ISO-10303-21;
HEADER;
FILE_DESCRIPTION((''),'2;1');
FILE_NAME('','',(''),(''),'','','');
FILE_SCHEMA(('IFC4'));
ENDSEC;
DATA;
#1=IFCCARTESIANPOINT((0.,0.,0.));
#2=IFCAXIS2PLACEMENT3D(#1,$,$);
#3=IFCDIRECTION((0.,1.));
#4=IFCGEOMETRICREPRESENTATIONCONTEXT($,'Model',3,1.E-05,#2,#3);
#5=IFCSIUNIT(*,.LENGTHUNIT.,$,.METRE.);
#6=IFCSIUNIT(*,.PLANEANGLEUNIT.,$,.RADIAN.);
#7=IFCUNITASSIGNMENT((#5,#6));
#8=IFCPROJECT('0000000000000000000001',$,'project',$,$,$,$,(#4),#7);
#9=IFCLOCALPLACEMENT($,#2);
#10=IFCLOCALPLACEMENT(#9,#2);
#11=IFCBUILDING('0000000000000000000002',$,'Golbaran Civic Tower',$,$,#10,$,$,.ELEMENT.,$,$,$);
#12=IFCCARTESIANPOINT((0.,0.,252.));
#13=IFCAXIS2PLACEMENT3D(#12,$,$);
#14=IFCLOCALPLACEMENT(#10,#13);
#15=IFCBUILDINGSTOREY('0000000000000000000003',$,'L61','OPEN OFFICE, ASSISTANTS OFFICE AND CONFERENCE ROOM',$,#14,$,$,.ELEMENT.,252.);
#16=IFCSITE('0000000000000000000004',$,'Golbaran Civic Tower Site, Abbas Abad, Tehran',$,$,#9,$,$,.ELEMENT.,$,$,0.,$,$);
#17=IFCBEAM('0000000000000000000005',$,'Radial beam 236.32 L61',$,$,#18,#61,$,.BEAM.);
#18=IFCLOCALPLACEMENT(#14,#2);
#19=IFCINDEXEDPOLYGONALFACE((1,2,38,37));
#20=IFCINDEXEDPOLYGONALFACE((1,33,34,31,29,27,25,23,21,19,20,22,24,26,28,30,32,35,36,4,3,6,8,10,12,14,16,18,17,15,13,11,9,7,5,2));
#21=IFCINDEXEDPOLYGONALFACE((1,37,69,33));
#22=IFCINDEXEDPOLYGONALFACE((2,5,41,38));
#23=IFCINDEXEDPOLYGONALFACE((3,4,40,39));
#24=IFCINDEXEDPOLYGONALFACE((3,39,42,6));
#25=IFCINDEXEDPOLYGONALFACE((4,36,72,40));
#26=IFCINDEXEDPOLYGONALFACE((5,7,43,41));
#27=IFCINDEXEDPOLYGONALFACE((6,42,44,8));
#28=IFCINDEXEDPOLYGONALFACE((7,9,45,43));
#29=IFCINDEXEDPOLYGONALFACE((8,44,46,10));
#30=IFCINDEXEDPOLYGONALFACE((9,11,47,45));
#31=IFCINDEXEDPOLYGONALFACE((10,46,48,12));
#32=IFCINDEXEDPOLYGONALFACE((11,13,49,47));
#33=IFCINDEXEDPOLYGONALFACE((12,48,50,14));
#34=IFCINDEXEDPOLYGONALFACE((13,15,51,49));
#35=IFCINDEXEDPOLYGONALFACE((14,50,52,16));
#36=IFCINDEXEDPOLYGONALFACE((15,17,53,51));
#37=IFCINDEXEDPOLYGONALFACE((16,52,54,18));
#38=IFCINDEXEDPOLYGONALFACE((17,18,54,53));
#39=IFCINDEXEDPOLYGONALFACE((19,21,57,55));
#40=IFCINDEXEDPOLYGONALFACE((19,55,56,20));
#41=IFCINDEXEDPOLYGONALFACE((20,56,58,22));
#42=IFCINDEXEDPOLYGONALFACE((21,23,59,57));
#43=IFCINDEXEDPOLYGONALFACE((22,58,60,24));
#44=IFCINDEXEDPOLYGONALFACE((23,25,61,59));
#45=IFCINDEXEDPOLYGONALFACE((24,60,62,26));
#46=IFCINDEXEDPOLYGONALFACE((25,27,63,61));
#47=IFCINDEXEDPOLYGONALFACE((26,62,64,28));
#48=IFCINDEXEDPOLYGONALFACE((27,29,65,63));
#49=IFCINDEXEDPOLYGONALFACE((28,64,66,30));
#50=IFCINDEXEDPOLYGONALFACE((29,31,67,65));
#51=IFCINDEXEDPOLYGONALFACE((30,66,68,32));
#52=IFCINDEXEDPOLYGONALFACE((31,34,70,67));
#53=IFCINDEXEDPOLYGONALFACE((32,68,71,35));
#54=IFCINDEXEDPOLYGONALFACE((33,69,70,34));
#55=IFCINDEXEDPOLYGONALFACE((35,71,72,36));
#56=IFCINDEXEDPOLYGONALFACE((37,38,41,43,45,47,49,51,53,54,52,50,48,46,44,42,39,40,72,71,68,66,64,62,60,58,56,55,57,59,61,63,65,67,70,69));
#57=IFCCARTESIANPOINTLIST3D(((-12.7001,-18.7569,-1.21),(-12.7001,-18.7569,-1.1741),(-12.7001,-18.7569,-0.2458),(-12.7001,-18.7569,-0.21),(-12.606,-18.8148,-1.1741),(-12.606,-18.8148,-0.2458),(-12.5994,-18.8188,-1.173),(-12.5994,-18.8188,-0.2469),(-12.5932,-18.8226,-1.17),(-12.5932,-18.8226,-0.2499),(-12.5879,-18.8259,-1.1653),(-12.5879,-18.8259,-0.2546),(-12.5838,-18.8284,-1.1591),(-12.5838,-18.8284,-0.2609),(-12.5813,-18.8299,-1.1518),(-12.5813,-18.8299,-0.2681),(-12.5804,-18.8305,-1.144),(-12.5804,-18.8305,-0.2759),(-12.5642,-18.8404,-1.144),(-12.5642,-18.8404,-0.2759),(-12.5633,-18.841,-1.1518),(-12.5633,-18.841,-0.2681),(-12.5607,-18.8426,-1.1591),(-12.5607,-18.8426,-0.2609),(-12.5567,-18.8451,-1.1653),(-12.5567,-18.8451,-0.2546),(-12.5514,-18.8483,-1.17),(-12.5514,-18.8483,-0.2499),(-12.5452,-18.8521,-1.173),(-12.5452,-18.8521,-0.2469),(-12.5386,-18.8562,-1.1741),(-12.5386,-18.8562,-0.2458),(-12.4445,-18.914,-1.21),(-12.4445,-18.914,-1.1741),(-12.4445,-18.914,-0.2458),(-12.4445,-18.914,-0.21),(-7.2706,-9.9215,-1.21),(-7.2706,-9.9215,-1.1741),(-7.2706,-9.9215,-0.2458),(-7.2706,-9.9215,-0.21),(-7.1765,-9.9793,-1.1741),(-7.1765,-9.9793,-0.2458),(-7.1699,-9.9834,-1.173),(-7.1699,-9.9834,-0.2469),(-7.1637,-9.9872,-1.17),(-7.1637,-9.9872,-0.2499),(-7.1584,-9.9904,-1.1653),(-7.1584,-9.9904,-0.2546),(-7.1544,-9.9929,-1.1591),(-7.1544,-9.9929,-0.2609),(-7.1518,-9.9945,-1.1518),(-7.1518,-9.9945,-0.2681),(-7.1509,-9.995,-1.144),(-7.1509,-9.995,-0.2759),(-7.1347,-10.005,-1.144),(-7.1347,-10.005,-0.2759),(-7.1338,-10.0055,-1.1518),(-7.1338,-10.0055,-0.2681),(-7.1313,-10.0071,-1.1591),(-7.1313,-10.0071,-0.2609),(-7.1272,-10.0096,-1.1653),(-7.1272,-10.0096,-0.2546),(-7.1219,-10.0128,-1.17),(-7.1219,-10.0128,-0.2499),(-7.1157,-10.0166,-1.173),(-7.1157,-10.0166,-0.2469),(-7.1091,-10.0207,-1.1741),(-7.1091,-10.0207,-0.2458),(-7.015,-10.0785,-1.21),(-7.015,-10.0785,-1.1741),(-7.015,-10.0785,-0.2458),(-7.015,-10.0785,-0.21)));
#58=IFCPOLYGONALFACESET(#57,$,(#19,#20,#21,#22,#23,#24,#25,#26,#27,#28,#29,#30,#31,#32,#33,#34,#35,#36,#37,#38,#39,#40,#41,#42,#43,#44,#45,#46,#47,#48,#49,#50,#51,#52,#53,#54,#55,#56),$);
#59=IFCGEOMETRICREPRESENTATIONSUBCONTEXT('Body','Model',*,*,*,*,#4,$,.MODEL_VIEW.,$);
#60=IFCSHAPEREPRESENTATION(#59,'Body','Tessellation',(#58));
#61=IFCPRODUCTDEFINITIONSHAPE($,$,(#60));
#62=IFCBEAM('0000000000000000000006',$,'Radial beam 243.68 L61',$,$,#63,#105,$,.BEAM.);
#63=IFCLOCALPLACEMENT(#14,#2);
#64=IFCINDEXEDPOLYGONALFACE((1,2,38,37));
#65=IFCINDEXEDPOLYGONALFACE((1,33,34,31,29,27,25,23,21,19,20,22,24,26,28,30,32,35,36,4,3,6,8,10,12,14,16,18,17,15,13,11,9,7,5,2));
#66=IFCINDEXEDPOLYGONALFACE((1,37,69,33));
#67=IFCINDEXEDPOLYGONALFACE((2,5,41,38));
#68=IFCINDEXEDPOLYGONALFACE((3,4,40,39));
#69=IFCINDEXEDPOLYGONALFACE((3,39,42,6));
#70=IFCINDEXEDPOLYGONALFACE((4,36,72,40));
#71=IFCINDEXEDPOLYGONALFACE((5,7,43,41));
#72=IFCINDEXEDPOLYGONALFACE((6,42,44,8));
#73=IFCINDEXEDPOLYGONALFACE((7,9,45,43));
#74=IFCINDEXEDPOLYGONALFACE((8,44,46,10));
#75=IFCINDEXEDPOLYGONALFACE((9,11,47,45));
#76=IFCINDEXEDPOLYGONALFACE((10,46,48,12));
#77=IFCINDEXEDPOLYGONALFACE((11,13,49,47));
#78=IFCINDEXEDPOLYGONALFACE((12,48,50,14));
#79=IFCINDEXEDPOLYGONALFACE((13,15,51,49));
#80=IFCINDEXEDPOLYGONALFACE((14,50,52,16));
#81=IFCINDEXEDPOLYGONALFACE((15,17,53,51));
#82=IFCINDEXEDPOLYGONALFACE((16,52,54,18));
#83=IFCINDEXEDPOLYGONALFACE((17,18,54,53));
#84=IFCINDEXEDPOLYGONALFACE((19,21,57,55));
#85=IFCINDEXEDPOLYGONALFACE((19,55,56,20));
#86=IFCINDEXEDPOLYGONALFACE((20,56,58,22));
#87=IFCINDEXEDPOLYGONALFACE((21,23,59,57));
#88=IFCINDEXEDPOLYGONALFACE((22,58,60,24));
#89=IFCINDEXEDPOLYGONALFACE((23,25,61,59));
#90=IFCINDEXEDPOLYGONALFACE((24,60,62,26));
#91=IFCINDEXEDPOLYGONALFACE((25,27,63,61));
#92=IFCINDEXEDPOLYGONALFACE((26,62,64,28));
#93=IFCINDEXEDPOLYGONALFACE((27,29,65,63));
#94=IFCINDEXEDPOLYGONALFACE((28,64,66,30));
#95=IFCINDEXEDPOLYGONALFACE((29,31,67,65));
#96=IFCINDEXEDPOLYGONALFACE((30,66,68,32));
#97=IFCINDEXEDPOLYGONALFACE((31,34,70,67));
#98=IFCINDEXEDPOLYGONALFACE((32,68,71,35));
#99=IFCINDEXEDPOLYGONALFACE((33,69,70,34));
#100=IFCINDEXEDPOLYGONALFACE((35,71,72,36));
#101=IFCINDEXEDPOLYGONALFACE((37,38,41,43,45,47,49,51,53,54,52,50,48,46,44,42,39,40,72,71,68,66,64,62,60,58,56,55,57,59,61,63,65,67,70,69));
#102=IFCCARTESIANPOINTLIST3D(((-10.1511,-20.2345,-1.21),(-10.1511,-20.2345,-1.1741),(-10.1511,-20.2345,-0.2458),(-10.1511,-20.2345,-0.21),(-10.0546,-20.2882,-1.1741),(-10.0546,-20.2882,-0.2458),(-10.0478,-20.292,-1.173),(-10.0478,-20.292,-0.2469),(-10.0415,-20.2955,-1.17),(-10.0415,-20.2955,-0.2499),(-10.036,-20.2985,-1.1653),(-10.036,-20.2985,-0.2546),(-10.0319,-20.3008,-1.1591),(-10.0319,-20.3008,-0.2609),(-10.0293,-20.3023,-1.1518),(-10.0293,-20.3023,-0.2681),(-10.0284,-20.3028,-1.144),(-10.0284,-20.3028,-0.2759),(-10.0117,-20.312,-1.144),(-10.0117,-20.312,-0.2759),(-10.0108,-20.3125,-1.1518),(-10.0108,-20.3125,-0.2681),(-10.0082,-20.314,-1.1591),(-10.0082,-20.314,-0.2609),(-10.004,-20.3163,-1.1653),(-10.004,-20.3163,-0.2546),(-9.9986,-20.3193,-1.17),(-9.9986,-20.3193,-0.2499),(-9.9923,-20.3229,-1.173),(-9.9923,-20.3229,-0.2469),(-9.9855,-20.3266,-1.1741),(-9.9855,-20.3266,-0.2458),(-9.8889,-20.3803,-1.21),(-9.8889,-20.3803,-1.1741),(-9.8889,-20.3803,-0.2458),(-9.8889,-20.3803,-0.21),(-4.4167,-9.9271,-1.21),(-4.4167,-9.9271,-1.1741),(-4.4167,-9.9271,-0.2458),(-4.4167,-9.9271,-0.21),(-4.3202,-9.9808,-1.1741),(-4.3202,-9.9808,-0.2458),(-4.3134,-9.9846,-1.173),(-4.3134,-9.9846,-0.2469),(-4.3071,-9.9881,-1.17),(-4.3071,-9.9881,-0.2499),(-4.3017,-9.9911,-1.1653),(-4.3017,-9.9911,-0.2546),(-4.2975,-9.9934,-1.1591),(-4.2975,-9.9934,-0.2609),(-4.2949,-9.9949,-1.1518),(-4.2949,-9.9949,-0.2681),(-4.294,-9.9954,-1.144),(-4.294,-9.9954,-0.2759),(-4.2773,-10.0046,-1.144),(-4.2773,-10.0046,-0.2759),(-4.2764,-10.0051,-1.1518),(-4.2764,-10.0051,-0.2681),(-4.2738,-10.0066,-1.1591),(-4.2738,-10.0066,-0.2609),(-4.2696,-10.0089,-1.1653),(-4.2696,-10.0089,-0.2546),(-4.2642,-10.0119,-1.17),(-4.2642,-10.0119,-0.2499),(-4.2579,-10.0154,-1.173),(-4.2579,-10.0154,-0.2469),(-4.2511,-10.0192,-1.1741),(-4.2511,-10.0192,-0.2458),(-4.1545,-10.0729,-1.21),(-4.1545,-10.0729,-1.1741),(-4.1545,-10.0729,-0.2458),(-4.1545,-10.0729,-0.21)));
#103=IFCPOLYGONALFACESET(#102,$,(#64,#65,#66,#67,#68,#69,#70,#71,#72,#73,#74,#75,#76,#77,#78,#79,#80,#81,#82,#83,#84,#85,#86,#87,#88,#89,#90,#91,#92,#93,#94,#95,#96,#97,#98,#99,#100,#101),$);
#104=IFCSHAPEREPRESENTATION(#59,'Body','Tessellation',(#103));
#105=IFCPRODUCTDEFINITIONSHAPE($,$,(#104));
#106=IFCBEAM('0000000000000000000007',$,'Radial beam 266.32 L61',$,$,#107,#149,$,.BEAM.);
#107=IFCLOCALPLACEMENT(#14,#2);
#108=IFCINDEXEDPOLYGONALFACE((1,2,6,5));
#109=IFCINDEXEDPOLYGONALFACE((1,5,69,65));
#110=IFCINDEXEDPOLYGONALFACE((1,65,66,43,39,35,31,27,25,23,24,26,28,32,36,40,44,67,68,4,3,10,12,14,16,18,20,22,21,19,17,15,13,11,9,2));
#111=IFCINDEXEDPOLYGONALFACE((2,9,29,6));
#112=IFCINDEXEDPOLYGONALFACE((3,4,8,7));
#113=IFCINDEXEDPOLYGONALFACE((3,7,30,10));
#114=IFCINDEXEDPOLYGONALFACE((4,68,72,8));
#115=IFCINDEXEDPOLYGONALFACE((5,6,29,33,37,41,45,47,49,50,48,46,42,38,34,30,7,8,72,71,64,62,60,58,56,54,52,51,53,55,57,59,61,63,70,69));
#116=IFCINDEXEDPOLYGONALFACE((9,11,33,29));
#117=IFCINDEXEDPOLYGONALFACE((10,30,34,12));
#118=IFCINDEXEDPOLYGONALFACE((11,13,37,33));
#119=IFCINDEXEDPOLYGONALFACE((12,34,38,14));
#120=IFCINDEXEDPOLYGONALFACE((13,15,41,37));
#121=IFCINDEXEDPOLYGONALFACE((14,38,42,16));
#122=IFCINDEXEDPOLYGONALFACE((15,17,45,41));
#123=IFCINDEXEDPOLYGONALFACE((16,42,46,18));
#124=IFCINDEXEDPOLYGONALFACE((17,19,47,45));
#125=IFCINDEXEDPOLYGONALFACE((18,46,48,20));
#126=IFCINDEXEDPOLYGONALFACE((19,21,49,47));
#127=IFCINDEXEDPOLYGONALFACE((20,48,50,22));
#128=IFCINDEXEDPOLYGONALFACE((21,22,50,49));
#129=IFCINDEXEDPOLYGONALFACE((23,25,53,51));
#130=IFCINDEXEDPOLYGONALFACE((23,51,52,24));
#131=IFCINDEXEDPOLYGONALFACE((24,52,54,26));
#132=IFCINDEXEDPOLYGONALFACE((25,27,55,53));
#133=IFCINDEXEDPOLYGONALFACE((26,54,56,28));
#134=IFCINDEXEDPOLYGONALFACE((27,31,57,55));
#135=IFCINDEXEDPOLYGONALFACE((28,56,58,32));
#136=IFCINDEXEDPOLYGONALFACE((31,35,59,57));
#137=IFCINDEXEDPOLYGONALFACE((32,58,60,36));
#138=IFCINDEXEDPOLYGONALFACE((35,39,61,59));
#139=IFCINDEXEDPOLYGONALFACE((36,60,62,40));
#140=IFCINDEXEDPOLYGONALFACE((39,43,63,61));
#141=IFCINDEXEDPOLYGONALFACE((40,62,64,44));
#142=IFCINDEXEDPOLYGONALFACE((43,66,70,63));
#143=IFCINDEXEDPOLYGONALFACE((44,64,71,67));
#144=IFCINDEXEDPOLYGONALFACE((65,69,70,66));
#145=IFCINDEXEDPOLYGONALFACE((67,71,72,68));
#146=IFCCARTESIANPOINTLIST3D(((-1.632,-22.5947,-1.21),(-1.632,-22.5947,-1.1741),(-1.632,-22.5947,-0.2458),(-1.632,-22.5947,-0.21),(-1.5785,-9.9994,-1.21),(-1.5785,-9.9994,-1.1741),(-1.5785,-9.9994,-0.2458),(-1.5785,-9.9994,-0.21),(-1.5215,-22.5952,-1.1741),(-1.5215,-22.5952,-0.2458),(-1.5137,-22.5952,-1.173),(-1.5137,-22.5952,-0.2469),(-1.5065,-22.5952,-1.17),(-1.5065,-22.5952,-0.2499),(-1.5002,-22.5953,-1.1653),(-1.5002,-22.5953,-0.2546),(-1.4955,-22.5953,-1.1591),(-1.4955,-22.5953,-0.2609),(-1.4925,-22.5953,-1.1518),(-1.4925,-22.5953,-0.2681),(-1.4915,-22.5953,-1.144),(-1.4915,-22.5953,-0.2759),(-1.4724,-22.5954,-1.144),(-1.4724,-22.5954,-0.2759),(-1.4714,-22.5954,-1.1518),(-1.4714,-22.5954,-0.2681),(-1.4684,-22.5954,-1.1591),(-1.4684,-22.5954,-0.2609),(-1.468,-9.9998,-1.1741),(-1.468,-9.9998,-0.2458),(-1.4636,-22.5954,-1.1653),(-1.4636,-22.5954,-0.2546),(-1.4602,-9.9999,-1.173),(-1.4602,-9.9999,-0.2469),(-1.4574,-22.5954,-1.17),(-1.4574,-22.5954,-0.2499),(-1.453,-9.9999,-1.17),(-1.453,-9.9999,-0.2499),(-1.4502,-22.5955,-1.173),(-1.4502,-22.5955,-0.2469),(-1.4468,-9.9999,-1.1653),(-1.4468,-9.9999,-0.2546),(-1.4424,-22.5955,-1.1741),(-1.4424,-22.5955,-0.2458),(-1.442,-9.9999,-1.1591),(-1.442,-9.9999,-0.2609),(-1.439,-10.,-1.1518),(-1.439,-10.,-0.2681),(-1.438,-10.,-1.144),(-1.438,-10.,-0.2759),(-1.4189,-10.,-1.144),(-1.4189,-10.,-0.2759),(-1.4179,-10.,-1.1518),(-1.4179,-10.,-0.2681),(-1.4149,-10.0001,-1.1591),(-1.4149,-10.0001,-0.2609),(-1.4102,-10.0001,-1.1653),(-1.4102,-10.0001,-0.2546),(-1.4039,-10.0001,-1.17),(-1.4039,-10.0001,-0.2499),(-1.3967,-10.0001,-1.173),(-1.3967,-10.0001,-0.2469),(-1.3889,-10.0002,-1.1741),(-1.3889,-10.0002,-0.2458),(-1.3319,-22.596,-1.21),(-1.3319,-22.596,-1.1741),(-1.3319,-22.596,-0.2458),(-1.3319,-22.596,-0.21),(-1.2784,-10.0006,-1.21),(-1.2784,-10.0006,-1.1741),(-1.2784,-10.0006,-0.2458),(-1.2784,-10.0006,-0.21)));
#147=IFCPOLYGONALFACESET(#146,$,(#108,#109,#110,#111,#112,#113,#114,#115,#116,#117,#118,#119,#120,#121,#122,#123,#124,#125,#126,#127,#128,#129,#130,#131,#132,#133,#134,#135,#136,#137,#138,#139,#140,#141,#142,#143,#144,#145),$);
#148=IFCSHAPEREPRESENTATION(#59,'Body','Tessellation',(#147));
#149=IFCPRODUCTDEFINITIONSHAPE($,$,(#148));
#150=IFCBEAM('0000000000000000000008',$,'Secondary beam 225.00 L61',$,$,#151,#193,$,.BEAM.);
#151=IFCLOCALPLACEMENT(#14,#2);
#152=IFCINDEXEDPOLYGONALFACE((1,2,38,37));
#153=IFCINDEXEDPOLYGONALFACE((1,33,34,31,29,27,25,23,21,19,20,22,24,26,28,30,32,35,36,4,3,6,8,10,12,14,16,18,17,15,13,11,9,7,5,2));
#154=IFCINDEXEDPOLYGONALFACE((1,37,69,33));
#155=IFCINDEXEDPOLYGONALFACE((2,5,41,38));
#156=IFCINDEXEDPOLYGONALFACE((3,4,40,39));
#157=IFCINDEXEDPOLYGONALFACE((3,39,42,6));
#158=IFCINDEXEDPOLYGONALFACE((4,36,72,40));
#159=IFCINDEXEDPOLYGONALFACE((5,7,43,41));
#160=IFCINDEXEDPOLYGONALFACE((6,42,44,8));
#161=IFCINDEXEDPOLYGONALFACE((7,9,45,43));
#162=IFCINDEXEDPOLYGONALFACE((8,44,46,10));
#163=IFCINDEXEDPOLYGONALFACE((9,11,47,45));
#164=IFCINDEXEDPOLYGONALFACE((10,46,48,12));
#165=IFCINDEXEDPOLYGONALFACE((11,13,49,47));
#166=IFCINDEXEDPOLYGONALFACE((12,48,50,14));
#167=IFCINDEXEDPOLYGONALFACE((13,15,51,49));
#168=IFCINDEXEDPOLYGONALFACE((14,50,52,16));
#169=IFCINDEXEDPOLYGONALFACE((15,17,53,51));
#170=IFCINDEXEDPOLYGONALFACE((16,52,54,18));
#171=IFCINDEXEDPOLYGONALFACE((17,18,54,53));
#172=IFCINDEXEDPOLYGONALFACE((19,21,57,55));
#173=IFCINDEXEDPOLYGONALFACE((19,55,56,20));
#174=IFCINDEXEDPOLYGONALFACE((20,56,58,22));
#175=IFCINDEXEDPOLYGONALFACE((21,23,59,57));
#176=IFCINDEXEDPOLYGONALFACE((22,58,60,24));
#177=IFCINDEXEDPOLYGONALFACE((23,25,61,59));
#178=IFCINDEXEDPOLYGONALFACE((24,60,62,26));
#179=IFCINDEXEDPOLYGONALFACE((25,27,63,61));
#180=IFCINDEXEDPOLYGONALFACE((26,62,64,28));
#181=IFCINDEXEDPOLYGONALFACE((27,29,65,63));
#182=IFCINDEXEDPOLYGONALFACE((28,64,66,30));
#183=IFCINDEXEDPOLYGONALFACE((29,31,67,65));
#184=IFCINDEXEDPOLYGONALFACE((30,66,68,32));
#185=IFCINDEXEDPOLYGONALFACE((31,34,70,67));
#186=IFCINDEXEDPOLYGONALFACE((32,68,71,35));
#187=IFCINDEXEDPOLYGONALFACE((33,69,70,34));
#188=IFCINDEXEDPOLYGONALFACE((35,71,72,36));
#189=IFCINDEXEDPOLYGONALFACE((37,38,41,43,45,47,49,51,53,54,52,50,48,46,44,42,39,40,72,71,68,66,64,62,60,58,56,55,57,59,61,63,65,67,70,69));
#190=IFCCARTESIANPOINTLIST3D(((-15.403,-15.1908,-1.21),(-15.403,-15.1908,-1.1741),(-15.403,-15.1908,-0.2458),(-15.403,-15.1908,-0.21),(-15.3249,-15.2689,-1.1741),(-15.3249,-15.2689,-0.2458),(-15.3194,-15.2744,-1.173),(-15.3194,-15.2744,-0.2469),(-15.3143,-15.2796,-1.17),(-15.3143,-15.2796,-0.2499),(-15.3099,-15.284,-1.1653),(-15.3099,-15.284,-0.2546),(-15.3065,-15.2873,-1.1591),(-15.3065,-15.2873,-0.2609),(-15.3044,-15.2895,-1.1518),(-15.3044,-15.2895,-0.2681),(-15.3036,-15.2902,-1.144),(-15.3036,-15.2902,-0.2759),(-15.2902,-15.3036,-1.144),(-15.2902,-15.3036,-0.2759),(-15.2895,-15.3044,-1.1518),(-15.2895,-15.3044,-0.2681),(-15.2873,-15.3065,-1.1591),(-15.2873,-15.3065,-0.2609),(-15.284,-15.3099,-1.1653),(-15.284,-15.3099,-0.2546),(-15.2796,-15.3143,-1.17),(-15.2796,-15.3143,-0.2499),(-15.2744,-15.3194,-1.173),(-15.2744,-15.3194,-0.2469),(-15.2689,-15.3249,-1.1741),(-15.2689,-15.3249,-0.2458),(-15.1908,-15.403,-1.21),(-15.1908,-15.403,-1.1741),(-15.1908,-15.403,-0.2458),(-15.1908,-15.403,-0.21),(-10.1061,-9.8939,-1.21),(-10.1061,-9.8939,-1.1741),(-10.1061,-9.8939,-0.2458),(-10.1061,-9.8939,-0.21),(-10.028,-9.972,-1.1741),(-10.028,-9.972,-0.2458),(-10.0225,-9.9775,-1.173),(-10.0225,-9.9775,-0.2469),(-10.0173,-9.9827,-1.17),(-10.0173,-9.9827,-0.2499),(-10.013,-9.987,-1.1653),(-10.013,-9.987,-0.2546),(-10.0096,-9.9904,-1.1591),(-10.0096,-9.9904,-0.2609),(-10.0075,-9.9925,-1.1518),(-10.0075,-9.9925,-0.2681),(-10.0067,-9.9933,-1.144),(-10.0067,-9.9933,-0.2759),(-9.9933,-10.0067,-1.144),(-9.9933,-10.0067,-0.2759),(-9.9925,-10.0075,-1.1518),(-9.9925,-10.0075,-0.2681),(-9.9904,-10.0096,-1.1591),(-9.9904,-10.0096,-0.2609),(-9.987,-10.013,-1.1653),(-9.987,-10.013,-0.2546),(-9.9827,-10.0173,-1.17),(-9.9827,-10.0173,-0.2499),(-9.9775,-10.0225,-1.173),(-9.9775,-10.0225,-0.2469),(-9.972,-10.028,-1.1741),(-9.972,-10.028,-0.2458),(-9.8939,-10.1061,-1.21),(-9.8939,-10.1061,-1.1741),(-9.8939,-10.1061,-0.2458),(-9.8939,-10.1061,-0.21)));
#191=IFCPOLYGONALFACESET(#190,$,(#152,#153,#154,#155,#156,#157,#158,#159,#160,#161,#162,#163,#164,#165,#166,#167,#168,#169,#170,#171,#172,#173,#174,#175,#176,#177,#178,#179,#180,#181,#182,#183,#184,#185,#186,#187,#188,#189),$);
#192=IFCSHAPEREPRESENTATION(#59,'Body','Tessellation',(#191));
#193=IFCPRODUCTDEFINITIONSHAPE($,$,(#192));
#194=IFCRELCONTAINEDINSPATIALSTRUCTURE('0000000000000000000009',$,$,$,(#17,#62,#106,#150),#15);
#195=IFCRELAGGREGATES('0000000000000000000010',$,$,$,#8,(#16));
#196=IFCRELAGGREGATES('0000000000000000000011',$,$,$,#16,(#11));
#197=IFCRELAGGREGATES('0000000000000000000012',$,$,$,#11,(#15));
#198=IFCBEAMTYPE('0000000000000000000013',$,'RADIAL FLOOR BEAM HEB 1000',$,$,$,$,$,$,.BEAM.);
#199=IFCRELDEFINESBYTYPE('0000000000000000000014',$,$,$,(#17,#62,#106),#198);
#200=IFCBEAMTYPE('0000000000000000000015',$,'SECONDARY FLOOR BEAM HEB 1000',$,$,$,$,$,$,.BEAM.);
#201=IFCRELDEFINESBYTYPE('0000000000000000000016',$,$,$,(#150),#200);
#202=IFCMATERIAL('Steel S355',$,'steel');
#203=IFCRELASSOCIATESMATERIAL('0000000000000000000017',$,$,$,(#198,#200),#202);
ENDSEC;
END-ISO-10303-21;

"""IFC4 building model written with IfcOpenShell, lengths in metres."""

from ifc_helpers import new_model, si_unit, direction, frame, origin, origin_2d, place, context, subcontext, project, spatial, i_section, extrude, material, material_profile, profile_set, type_object, element, save


model = new_model("IFC4")

# Units and contexts
model_context = context("Model", 3, precision=1e-05, world=origin(), true_north=direction((0.0, 1.0)))
body_context = subcontext(model_context, "Body", "Model", "MODEL_VIEW")
ifc_project = project(units=[si_unit("LENGTHUNIT", "METRE"), si_unit("PLANEANGLEUNIT", "RADIAN")], contexts=[model_context])

# Site, building, storey
site_placement = place(None, origin())
site = spatial("IfcSite", under=ifc_project, at=site_placement, Name="Golbaran Civic Tower Site, Abbas Abad, Tehran", CompositionType="ELEMENT", RefElevation=0.0)
building_placement = place(site_placement, origin())
building = spatial("IfcBuilding", under=site, at=building_placement, Name="Golbaran Civic Tower", CompositionType="ELEMENT")
storey_placement = place(building_placement, frame((0.0, 0.0, 252.0)))
storey = spatial("IfcBuildingStorey", under=building, at=storey_placement, Name="L61", Description="OPEN OFFICE, ASSISTANTS OFFICE AND CONFERENCE ROOM", CompositionType="ELEMENT", Elevation=252.0)

# Beams
ifc_material_1 = material(Name="Steel S355", Category="steel")
ifc_material_profile_1 = material_profile(ifc_material_1, i_section(OverallWidth=0.3, OverallDepth=1.0, WebThickness=0.019, FlangeThickness=0.0359, FilletRadius=0.03, at=origin_2d()), Name="HEB 1000")
ifc_profile_set_1 = profile_set([ifc_material_profile_1], Name="Steel S355")
beam_type_1 = type_object("IfcBeamType", Name="RADIAL FLOOR BEAM HEB 1000", PredefinedType="BEAM", material=ifc_profile_set_1)
beam_1_placement = place(storey_placement, frame((-7.1428, -10.0, -0.71), z_axis=(-0.523555, -0.851992, 0.0), x_axis=(0.851992, -0.523555, 0.0)))
element("IfcBeam", 1, at=beam_1_placement, inside=storey, type_object=beam_type_1, Name="Radial beam 236.32 L61", PredefinedType="BEAM", context=body_context, shape_type="SweptSolid", body=[
    extrude(i_section(OverallWidth=0.3, OverallDepth=1.0, WebThickness=0.019, FlangeThickness=0.0359, FilletRadius=0.03, at=origin_2d()), origin(), (0.0, 0.0, 1.0), 10.3704),
])
beam_2_placement = place(storey_placement, frame((-4.2856, -10.0, -0.71), z_axis=(-0.486165, -0.873867, 0.0), x_axis=(0.873867, -0.486165, 0.0)))
element("IfcBeam", 2, at=beam_2_placement, inside=storey, type_object=beam_type_1, Name="Radial beam 243.68 L61", PredefinedType="BEAM", context=body_context, shape_type="SweptSolid", body=[
    extrude(i_section(OverallWidth=0.3, OverallDepth=1.0, WebThickness=0.019, FlangeThickness=0.0359, FilletRadius=0.03, at=origin_2d()), origin(), (0.0, 0.0, 1.0), 11.7952),
])
beam_3_placement = place(storey_placement, frame((-1.4285, -10.0, -0.71), z_axis=(-0.004245, -0.999991, 0.0), x_axis=(0.999991, -0.004245, 0.0)))
element("IfcBeam", 3, at=beam_3_placement, inside=storey, type_object=beam_type_1, Name="Radial beam 266.32 L61", PredefinedType="BEAM", context=body_context, shape_type="SweptSolid", body=[
    extrude(i_section(OverallWidth=0.3, OverallDepth=1.0, WebThickness=0.019, FlangeThickness=0.0359, FilletRadius=0.03, at=origin_2d()), origin(), (0.0, 0.0, 1.0), 12.5955),
])
ifc_material_profile_2 = material_profile(ifc_material_1, i_section(OverallWidth=0.3, OverallDepth=1.0, WebThickness=0.019, FlangeThickness=0.0359, FilletRadius=0.03, at=origin_2d()), Name="HEB 1000")
ifc_profile_set_2 = profile_set([ifc_material_profile_2], Name="Steel S355")
beam_type_2 = type_object("IfcBeamType", Name="SECONDARY FLOOR BEAM HEB 1000", PredefinedType="BEAM", material=ifc_profile_set_2)
beam_4_placement = place(storey_placement, frame((-10.0, -10.0, -0.71), z_axis=(-0.707107, -0.707107, 0.0), x_axis=(0.707107, -0.707107, 0.0)))
element("IfcBeam", 4, at=beam_4_placement, inside=storey, type_object=beam_type_2, Name="Secondary beam 225.00 L61", PredefinedType="BEAM", context=body_context, shape_type="SweptSolid", body=[
    extrude(i_section(OverallWidth=0.3, OverallDepth=1.0, WebThickness=0.019, FlangeThickness=0.0359, FilletRadius=0.03, at=origin_2d()), origin(), (0.0, 0.0, 1.0), 7.491),
])

save(model, "model.ifc")
